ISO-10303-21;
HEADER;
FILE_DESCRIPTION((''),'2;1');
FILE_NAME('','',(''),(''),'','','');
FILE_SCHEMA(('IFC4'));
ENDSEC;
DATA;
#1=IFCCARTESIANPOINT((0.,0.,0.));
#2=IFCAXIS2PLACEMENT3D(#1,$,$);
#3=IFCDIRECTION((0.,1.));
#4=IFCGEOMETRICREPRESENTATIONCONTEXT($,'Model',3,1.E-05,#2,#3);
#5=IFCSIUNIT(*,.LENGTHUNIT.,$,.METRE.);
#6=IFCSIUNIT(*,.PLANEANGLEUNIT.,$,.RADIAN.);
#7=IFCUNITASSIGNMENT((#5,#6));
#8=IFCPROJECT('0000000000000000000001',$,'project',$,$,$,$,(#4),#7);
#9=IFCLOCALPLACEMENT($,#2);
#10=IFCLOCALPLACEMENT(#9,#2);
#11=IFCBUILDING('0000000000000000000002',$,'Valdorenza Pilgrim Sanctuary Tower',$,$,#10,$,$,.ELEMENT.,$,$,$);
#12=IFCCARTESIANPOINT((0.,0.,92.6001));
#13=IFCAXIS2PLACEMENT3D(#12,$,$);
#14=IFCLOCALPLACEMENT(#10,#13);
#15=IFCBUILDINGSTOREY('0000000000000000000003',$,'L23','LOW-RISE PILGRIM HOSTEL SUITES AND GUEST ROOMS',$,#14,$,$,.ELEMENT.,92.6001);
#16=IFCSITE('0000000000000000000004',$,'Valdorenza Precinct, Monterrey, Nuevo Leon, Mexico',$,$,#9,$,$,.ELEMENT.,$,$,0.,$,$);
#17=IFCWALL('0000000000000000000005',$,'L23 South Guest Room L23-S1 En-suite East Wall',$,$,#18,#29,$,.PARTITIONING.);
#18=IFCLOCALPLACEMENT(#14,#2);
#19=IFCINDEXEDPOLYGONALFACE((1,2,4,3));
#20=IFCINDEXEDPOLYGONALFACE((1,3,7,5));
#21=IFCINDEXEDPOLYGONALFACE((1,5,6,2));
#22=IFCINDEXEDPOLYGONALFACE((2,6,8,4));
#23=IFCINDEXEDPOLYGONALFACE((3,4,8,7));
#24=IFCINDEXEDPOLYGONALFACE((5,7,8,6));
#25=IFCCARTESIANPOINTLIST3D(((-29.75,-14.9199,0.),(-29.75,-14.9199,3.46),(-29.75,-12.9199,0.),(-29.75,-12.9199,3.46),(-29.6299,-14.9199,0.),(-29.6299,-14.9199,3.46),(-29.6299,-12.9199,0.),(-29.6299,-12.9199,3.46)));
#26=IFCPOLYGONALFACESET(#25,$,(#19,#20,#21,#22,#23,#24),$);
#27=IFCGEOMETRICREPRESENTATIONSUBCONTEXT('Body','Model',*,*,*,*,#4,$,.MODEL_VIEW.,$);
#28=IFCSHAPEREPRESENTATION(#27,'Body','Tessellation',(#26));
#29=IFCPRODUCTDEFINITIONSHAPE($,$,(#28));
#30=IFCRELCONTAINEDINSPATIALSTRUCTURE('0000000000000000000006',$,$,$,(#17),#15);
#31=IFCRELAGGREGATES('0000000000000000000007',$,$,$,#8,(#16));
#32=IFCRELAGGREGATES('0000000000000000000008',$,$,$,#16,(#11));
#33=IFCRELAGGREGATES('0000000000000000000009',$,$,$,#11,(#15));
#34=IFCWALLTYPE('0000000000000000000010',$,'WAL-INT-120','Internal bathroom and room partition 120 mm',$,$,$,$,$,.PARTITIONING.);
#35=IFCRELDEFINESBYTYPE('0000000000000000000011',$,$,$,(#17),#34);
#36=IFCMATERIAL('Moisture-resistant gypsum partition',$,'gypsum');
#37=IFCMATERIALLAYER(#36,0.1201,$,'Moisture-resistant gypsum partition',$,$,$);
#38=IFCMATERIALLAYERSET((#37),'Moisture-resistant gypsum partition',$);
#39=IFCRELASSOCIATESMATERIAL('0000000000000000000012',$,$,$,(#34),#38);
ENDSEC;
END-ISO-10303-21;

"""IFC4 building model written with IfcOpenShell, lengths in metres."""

from ifc_helpers import new_model, si_unit, direction, frame, frame_2d, origin, place, context, subcontext, project, spatial, rectangle, extrude, material, layer, layer_set, type_object, element, save


model = new_model("IFC4")

# Units and contexts
model_context = context("Model", 3, precision=1e-05, world=origin(), true_north=direction((0.0, 1.0)))
body_context = subcontext(model_context, "Body", "Model", "MODEL_VIEW")
ifc_project = project(units=[si_unit("LENGTHUNIT", "METRE"), si_unit("PLANEANGLEUNIT", "RADIAN")], contexts=[model_context])

# Site, building, storey
site_placement = place(None, origin())
site = spatial("IfcSite", under=ifc_project, at=site_placement, Name="Valdorenza Precinct, Monterrey, Nuevo Leon, Mexico", CompositionType="ELEMENT", RefElevation=0.0)
building_placement = place(site_placement, origin())
building = spatial("IfcBuilding", under=site, at=building_placement, Name="Valdorenza Pilgrim Sanctuary Tower", CompositionType="ELEMENT")
storey_placement = place(building_placement, frame((0.0, 0.0, 92.6001)))
storey = spatial("IfcBuildingStorey", under=building, at=storey_placement, Name="L23", Description="LOW-RISE PILGRIM HOSTEL SUITES AND GUEST ROOMS", CompositionType="ELEMENT", Elevation=92.6001)

# Wall
ifc_material_1 = material(Name="Moisture-resistant gypsum partition", Category="gypsum")
ifc_layer_1 = layer(ifc_material_1, 0.1201, Name="Moisture-resistant gypsum partition")
ifc_layer_set_1 = layer_set([ifc_layer_1], Name="Moisture-resistant gypsum partition")
wall_type_1 = type_object("IfcWallType", Name="WAL-INT-120", Description="Internal bathroom and room partition 120 mm", PredefinedType="PARTITIONING", material=ifc_layer_set_1)
wall_1_placement = place(storey_placement, frame((-29.6899, -14.9199, 0.0), z_axis=(0.0, 0.0, 1.0), x_axis=(0.0, 1.0, 0.0)))
element("IfcWall", 1, at=wall_1_placement, inside=storey, type_object=wall_type_1, Name="L23 South Guest Room L23-S1 En-suite East Wall", PredefinedType="PARTITIONING", context=body_context, shape_type="SweptSolid", body=[
    extrude(rectangle(XDim=2.0, YDim=0.1201, at=frame_2d((1.0, 0.0))), origin(), (0.0, 0.0, 1.0), 3.46),
])

save(model, "model.ifc")
